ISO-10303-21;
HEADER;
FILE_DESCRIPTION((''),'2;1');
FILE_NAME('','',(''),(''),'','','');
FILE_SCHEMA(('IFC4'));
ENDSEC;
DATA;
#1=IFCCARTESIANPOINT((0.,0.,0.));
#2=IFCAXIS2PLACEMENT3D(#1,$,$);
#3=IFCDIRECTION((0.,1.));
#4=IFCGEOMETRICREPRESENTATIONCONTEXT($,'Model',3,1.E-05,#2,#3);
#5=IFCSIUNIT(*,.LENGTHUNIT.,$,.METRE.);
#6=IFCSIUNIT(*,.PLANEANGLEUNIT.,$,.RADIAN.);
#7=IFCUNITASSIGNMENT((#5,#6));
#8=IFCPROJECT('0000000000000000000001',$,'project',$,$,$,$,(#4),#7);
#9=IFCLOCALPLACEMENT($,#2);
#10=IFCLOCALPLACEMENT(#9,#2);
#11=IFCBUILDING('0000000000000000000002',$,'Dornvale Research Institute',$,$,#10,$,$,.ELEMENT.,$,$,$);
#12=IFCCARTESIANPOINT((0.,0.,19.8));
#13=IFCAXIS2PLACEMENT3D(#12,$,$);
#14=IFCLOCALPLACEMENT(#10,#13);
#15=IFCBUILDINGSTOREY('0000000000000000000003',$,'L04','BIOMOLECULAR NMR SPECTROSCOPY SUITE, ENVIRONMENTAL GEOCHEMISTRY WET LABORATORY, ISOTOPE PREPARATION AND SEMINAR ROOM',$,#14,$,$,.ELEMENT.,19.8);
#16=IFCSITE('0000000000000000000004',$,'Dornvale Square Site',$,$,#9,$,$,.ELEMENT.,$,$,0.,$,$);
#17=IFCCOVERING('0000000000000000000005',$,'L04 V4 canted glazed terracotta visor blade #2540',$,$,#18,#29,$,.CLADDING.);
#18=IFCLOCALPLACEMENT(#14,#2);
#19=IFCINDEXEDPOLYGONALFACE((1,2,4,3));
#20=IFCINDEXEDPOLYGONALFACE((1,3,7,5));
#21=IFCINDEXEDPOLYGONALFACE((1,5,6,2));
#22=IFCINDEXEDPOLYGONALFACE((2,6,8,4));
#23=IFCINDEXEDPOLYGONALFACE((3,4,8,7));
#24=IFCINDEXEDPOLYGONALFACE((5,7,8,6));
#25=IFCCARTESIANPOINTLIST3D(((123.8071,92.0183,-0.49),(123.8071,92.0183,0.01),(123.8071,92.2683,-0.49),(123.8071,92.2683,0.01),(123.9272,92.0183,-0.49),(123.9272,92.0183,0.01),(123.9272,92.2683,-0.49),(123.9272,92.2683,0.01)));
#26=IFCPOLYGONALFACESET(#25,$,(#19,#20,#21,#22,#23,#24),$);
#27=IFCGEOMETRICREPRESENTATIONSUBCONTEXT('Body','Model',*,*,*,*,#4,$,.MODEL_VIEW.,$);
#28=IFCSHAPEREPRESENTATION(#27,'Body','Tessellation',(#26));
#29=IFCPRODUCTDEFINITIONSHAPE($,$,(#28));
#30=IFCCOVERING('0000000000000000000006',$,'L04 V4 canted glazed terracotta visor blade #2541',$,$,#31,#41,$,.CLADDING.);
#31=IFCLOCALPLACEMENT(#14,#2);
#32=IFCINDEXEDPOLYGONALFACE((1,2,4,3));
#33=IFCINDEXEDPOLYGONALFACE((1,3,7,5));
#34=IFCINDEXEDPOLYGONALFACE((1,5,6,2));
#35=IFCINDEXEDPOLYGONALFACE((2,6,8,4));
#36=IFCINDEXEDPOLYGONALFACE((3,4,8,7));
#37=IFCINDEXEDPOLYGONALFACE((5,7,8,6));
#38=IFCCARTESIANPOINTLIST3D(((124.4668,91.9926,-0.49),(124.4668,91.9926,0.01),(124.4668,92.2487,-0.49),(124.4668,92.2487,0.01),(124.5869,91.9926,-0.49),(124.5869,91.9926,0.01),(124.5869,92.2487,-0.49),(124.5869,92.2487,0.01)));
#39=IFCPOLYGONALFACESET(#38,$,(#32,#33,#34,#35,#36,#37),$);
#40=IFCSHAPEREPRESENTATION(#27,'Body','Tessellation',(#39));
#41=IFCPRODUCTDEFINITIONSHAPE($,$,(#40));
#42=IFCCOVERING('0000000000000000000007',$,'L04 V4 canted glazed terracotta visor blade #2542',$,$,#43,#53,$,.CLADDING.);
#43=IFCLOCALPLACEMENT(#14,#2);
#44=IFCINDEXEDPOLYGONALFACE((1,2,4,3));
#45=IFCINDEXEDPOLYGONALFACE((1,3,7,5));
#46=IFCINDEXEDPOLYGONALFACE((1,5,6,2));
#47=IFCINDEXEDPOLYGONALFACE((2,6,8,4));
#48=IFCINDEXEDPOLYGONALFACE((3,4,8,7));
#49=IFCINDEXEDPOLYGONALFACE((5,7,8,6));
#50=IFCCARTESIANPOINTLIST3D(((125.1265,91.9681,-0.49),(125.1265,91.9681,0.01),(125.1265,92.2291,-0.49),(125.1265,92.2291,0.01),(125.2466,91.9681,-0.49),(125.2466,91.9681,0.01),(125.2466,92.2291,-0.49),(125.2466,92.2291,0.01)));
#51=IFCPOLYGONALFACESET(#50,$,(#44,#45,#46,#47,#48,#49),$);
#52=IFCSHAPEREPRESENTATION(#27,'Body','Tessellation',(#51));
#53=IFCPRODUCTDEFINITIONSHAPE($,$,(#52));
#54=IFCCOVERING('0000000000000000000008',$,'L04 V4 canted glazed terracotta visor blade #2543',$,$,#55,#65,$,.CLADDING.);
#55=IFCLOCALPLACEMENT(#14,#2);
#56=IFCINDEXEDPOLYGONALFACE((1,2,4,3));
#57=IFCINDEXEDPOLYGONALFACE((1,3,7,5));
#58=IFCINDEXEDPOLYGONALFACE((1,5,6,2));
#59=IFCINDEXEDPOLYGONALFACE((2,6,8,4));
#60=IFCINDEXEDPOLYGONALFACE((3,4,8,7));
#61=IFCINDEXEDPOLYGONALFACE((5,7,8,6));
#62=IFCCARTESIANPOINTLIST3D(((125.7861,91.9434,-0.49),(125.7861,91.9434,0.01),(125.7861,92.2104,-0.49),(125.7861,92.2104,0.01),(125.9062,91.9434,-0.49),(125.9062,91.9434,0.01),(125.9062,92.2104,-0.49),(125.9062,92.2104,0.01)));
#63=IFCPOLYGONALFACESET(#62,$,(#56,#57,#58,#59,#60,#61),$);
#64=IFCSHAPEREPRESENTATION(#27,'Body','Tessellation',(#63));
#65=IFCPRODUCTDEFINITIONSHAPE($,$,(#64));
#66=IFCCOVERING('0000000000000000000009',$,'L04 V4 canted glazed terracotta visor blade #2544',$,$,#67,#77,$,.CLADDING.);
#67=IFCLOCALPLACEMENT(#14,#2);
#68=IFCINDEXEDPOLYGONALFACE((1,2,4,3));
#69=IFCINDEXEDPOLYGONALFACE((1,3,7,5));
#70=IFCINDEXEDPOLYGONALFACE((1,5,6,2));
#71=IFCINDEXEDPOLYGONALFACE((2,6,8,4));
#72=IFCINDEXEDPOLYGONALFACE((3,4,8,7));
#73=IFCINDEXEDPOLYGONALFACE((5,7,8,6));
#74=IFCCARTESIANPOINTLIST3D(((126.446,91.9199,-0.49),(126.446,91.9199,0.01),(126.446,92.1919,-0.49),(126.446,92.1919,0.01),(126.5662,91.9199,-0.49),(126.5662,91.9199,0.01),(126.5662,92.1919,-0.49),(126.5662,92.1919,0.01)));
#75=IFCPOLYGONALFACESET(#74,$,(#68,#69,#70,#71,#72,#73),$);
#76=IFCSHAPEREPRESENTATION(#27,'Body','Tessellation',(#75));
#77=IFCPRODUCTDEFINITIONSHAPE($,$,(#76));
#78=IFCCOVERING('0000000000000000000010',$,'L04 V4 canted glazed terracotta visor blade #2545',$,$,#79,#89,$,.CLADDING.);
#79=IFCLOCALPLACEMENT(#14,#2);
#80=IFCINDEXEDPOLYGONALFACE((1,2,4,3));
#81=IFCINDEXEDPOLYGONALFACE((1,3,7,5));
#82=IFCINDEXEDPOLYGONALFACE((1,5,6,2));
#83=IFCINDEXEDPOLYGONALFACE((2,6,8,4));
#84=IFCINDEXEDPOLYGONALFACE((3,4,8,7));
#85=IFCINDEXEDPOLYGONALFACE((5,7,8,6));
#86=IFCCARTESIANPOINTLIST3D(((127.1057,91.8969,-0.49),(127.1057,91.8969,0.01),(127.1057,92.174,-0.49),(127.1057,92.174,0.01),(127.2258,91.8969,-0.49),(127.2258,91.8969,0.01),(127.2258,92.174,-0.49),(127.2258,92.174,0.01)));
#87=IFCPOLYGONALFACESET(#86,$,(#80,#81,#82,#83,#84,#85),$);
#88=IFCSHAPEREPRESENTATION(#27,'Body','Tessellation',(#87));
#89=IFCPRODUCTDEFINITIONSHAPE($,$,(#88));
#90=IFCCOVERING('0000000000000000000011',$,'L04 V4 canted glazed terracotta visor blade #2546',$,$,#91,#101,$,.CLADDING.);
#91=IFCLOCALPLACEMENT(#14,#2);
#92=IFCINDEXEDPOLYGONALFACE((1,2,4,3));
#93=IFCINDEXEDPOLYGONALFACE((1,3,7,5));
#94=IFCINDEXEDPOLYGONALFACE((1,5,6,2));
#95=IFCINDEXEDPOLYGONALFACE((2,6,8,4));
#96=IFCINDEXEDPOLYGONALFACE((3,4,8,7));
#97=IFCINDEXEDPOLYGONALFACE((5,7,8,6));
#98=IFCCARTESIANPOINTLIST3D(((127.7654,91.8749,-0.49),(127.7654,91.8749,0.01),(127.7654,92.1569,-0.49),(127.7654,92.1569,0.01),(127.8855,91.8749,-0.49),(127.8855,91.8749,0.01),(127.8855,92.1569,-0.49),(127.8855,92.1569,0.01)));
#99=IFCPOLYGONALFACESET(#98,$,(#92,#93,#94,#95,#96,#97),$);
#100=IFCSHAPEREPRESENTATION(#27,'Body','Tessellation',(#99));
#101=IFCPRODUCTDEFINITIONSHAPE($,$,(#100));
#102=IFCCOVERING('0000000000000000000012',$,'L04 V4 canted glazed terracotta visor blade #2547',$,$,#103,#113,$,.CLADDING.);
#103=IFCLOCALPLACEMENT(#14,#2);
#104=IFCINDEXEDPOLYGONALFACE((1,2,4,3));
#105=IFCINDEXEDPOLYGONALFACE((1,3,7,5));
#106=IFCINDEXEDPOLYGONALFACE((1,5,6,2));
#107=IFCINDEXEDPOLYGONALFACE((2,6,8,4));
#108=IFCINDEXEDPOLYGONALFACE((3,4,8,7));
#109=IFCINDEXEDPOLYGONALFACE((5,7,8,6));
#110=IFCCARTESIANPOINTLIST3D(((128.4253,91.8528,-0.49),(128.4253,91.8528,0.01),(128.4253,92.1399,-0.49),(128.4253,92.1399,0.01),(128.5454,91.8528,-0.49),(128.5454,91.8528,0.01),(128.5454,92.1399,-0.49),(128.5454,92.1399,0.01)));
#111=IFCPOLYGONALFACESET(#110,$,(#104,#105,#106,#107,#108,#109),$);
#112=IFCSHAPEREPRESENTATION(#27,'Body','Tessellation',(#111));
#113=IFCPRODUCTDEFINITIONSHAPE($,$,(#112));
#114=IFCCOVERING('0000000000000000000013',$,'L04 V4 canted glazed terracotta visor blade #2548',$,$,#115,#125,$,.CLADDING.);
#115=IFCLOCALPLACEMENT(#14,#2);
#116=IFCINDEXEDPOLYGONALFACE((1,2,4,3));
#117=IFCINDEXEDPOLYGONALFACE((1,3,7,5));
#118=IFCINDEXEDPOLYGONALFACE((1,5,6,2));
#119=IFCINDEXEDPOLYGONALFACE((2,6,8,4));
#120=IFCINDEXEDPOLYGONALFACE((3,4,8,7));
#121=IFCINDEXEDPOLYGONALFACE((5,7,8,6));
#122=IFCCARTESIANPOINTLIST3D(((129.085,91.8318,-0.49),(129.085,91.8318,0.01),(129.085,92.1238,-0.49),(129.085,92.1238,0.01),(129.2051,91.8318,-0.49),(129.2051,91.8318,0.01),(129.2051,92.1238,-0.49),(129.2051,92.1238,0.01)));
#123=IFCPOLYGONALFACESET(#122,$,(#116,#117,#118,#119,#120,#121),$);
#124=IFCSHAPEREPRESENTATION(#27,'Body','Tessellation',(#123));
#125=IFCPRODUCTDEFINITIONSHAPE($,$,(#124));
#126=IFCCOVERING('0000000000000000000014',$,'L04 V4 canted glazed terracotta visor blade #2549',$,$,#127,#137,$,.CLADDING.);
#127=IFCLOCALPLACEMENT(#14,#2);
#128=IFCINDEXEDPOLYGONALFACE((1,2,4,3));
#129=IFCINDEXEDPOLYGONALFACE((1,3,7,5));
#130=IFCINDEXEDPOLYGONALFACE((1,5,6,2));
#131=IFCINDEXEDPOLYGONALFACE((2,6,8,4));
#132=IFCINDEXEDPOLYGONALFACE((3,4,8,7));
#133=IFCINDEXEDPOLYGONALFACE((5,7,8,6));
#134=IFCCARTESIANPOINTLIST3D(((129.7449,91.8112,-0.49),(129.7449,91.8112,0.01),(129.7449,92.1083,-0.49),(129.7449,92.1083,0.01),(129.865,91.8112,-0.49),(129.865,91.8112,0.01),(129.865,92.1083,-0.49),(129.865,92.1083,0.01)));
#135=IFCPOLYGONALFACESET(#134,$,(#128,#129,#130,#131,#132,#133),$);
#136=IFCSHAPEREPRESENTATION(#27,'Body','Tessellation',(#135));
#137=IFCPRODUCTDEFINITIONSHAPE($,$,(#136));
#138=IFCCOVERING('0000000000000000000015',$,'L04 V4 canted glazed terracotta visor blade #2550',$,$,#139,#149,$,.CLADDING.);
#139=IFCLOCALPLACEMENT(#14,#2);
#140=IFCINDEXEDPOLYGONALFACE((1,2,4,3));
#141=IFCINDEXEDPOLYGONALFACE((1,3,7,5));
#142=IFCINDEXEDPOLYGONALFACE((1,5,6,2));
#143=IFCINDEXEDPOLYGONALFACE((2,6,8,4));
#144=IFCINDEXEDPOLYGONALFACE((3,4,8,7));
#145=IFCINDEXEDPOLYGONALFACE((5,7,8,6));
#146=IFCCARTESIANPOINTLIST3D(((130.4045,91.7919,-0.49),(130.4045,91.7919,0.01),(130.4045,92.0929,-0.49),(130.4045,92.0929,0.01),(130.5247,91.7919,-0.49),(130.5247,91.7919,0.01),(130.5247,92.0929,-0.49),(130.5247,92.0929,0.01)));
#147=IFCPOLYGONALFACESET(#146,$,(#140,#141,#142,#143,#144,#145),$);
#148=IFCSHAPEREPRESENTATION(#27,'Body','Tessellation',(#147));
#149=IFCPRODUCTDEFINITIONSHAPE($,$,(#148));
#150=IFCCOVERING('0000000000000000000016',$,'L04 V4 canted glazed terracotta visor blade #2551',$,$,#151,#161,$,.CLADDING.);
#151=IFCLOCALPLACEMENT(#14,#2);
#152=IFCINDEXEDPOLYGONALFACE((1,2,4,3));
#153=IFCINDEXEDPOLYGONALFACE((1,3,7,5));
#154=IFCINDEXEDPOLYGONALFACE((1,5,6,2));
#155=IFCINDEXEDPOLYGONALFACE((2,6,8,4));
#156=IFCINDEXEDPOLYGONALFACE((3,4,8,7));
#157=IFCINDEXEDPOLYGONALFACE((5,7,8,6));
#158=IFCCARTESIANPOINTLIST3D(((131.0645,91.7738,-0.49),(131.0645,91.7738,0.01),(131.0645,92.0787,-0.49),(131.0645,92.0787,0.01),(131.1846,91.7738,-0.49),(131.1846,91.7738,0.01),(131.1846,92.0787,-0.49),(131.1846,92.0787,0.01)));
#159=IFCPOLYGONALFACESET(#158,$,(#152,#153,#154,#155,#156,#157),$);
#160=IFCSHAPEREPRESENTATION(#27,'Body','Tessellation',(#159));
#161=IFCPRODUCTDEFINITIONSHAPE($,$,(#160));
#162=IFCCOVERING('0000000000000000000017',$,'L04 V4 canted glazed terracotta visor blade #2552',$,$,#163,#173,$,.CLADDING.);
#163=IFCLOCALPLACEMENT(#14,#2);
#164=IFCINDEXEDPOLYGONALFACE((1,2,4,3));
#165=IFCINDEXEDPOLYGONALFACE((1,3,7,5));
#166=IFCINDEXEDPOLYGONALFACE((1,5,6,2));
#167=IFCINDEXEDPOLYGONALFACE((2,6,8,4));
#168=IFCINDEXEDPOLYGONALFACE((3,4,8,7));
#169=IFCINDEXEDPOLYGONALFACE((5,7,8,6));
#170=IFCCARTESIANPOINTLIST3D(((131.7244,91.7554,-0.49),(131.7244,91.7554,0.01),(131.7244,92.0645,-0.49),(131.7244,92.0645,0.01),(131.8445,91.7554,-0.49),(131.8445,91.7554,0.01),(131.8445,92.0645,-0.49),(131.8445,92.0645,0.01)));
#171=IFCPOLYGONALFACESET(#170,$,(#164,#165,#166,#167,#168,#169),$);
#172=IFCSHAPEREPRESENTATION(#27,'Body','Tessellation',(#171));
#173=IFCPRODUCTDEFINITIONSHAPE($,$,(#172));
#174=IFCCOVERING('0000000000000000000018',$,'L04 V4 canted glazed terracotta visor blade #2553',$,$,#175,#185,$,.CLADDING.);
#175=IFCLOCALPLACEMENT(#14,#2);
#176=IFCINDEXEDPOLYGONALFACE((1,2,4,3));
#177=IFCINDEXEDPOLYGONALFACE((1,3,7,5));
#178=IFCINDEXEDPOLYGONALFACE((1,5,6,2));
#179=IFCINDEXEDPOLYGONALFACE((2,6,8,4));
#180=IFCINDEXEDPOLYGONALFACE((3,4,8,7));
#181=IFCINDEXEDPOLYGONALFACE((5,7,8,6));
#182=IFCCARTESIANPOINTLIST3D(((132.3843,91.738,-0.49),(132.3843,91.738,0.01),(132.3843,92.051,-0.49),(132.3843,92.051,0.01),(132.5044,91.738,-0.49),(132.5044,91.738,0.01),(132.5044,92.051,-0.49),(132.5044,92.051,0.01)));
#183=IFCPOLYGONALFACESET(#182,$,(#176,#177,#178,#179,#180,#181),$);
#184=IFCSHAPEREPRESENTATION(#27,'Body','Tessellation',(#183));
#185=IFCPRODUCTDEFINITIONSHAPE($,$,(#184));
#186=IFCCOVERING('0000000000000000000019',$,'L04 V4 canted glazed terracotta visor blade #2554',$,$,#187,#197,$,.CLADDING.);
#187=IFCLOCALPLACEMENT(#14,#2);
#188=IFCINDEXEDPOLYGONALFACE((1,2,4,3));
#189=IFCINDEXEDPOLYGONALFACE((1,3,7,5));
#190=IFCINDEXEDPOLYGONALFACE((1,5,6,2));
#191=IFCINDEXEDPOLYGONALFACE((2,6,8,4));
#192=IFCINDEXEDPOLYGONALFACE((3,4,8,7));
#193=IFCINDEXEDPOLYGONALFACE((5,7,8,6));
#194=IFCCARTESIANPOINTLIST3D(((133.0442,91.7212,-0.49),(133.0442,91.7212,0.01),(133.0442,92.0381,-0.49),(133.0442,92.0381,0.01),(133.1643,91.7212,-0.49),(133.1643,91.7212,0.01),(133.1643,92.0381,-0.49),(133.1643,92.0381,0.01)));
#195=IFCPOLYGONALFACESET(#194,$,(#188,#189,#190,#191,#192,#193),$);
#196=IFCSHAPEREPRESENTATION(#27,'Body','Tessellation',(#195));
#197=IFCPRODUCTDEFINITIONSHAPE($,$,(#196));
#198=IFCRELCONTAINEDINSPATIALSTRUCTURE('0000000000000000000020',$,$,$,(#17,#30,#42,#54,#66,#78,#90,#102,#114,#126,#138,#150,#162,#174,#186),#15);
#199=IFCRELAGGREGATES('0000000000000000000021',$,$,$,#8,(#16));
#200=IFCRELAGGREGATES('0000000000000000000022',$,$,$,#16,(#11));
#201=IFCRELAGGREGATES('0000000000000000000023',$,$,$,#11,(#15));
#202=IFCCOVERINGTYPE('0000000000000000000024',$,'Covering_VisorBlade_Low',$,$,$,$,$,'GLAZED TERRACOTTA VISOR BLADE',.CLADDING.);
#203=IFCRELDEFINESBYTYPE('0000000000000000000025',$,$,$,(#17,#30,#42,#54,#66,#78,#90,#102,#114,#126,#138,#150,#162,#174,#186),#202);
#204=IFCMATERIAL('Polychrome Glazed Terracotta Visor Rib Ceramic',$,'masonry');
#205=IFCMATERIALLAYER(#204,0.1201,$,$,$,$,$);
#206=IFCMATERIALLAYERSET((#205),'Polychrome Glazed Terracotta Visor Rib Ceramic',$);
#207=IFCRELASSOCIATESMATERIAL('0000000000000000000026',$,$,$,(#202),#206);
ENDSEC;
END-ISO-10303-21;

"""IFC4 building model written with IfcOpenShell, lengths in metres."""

from ifc_helpers import new_model, si_unit, direction, frame, origin, origin_2d, place, context, subcontext, project, spatial, rectangle, extrude, material, layer, layer_set, type_object, element, save


model = new_model("IFC4")

# Units and contexts
model_context = context("Model", 3, precision=1e-05, world=origin(), true_north=direction((0.0, 1.0)))
body_context = subcontext(model_context, "Body", "Model", "MODEL_VIEW")
ifc_project = project(units=[si_unit("LENGTHUNIT", "METRE"), si_unit("PLANEANGLEUNIT", "RADIAN")], contexts=[model_context])

# Site, building, storey
site_placement = place(None, origin())
site = spatial("IfcSite", under=ifc_project, at=site_placement, Name="Dornvale Square Site", CompositionType="ELEMENT", RefElevation=0.0)
building_placement = place(site_placement, origin())
building = spatial("IfcBuilding", under=site, at=building_placement, Name="Dornvale Research Institute", CompositionType="ELEMENT")
storey_placement = place(building_placement, frame((0.0, 0.0, 19.8)))
storey = spatial("IfcBuildingStorey", under=building, at=storey_placement, Name="L04", Description="BIOMOLECULAR NMR SPECTROSCOPY SUITE, ENVIRONMENTAL GEOCHEMISTRY WET LABORATORY, ISOTOPE PREPARATION AND SEMINAR ROOM", CompositionType="ELEMENT", Elevation=19.8)

# Coverings
ifc_material = material(Name="Polychrome Glazed Terracotta Visor Rib Ceramic", Category="masonry")
ifc_layer = layer(ifc_material, 0.1201)
ifc_layer_set = layer_set([ifc_layer], Name="Polychrome Glazed Terracotta Visor Rib Ceramic")
covering_type = type_object("IfcCoveringType", Name="Covering_VisorBlade_Low", ElementType="GLAZED TERRACOTTA VISOR BLADE", PredefinedType="CLADDING", material=ifc_layer_set)
covering_1_placement = place(storey_placement, frame((123.8672, 92.1433, -0.49), z_axis=(0.0, 0.0, 1.0), x_axis=(0.0, 1.0, 0.0)))
element("IfcCovering", 1, at=covering_1_placement, inside=storey, type_object=covering_type, Name="L04 V4 canted glazed terracotta visor blade #2540", PredefinedType="CLADDING", context=body_context, shape_type="SweptSolid", body=[
    extrude(rectangle(XDim=0.25, YDim=0.1201, at=origin_2d()), origin(), (0.0, 0.0, 1.0), 0.5),
])
covering_2_placement = place(storey_placement, frame((124.5269, 92.1206, -0.49), z_axis=(0.0, 0.0, 1.0), x_axis=(0.0, 1.0, 0.0)))
element("IfcCovering", 2, at=covering_2_placement, inside=storey, type_object=covering_type, Name="L04 V4 canted glazed terracotta visor blade #2541", PredefinedType="CLADDING", context=body_context, shape_type="SweptSolid", body=[
    extrude(rectangle(XDim=0.2561, YDim=0.1201, at=origin_2d()), origin(), (0.0, 0.0, 1.0), 0.5),
])
covering_3_placement = place(storey_placement, frame((125.1865, 92.0986, -0.49), z_axis=(0.0, 0.0, 1.0), x_axis=(0.0, 1.0, 0.0)))
element("IfcCovering", 3, at=covering_3_placement, inside=storey, type_object=covering_type, Name="L04 V4 canted glazed terracotta visor blade #2542", PredefinedType="CLADDING", context=body_context, shape_type="SweptSolid", body=[
    extrude(rectangle(XDim=0.261, YDim=0.1201, at=origin_2d()), origin(), (0.0, 0.0, 1.0), 0.5),
])
covering_4_placement = place(storey_placement, frame((125.8462, 92.0769, -0.49), z_axis=(0.0, 0.0, 1.0), x_axis=(0.0, 1.0, 0.0)))
element("IfcCovering", 4, at=covering_4_placement, inside=storey, type_object=covering_type, Name="L04 V4 canted glazed terracotta visor blade #2543", PredefinedType="CLADDING", context=body_context, shape_type="SweptSolid", body=[
    extrude(rectangle(XDim=0.2671, YDim=0.1201, at=origin_2d()), origin(), (0.0, 0.0, 1.0), 0.5),
])
covering_5_placement = place(storey_placement, frame((126.5061, 92.0559, -0.49), z_axis=(0.0, 0.0, 1.0), x_axis=(0.0, 1.0, 0.0)))
element("IfcCovering", 5, at=covering_5_placement, inside=storey, type_object=covering_type, Name="L04 V4 canted glazed terracotta visor blade #2544", PredefinedType="CLADDING", context=body_context, shape_type="SweptSolid", body=[
    extrude(rectangle(XDim=0.272, YDim=0.1201, at=origin_2d()), origin(), (0.0, 0.0, 1.0), 0.5),
])
covering_6_placement = place(storey_placement, frame((127.1658, 92.0354, -0.49), z_axis=(0.0, 0.0, 1.0), x_axis=(0.0, 1.0, 0.0)))
element("IfcCovering", 6, at=covering_6_placement, inside=storey, type_object=covering_type, Name="L04 V4 canted glazed terracotta visor blade #2545", PredefinedType="CLADDING", context=body_context, shape_type="SweptSolid", body=[
    extrude(rectangle(XDim=0.2771, YDim=0.1201, at=origin_2d()), origin(), (0.0, 0.0, 1.0), 0.5),
])
covering_7_placement = place(storey_placement, frame((127.8254, 92.0159, -0.49), z_axis=(0.0, 0.0, 1.0), x_axis=(0.0, 1.0, 0.0)))
element("IfcCovering", 7, at=covering_7_placement, inside=storey, type_object=covering_type, Name="L04 V4 canted glazed terracotta visor blade #2546", PredefinedType="CLADDING", context=body_context, shape_type="SweptSolid", body=[
    extrude(rectangle(XDim=0.282, YDim=0.1201, at=origin_2d()), origin(), (0.0, 0.0, 1.0), 0.5),
])
covering_8_placement = place(storey_placement, frame((128.4854, 91.9963, -0.49), z_axis=(0.0, 0.0, 1.0), x_axis=(0.0, 1.0, 0.0)))
element("IfcCovering", 8, at=covering_8_placement, inside=storey, type_object=covering_type, Name="L04 V4 canted glazed terracotta visor blade #2547", PredefinedType="CLADDING", context=body_context, shape_type="SweptSolid", body=[
    extrude(rectangle(XDim=0.2871, YDim=0.1201, at=origin_2d()), origin(), (0.0, 0.0, 1.0), 0.5),
])
covering_9_placement = place(storey_placement, frame((129.145, 91.9778, -0.49), z_axis=(0.0, 0.0, 1.0), x_axis=(0.0, 1.0, 0.0)))
element("IfcCovering", 9, at=covering_9_placement, inside=storey, type_object=covering_type, Name="L04 V4 canted glazed terracotta visor blade #2548", PredefinedType="CLADDING", context=body_context, shape_type="SweptSolid", body=[
    extrude(rectangle(XDim=0.292, YDim=0.1201, at=origin_2d()), origin(), (0.0, 0.0, 1.0), 0.5),
])
covering_10_placement = place(storey_placement, frame((129.8049, 91.9597, -0.49), z_axis=(0.0, 0.0, 1.0), x_axis=(0.0, 1.0, 0.0)))
element("IfcCovering", 10, at=covering_10_placement, inside=storey, type_object=covering_type, Name="L04 V4 canted glazed terracotta visor blade #2549", PredefinedType="CLADDING", context=body_context, shape_type="SweptSolid", body=[
    extrude(rectangle(XDim=0.2971, YDim=0.1201, at=origin_2d()), origin(), (0.0, 0.0, 1.0), 0.5),
])
covering_11_placement = place(storey_placement, frame((130.4646, 91.9424, -0.49), z_axis=(0.0, 0.0, 1.0), x_axis=(0.0, 1.0, 0.0)))
element("IfcCovering", 11, at=covering_11_placement, inside=storey, type_object=covering_type, Name="L04 V4 canted glazed terracotta visor blade #2550", PredefinedType="CLADDING", context=body_context, shape_type="SweptSolid", body=[
    extrude(rectangle(XDim=0.301, YDim=0.1201, at=origin_2d()), origin(), (0.0, 0.0, 1.0), 0.5),
])
covering_12_placement = place(storey_placement, frame((131.1245, 91.9263, -0.49), z_axis=(0.0, 0.0, 1.0), x_axis=(0.0, 1.0, 0.0)))
element("IfcCovering", 12, at=covering_12_placement, inside=storey, type_object=covering_type, Name="L04 V4 canted glazed terracotta visor blade #2551", PredefinedType="CLADDING", context=body_context, shape_type="SweptSolid", body=[
    extrude(rectangle(XDim=0.3049, YDim=0.1201, at=origin_2d()), origin(), (0.0, 0.0, 1.0), 0.5),
])
covering_13_placement = place(storey_placement, frame((131.7844, 91.9099, -0.49), z_axis=(0.0, 0.0, 1.0), x_axis=(0.0, 1.0, 0.0)))
element("IfcCovering", 13, at=covering_13_placement, inside=storey, type_object=covering_type, Name="L04 V4 canted glazed terracotta visor blade #2552", PredefinedType="CLADDING", context=body_context, shape_type="SweptSolid", body=[
    extrude(rectangle(XDim=0.3091, YDim=0.1201, at=origin_2d()), origin(), (0.0, 0.0, 1.0), 0.5),
])
covering_14_placement = place(storey_placement, frame((132.4443, 91.8945, -0.49), z_axis=(0.0, 0.0, 1.0), x_axis=(0.0, 1.0, 0.0)))
element("IfcCovering", 14, at=covering_14_placement, inside=storey, type_object=covering_type, Name="L04 V4 canted glazed terracotta visor blade #2553", PredefinedType="CLADDING", context=body_context, shape_type="SweptSolid", body=[
    extrude(rectangle(XDim=0.313, YDim=0.1201, at=origin_2d()), origin(), (0.0, 0.0, 1.0), 0.5),
])
covering_15_placement = place(storey_placement, frame((133.1042, 91.8796, -0.49), z_axis=(0.0, 0.0, 1.0), x_axis=(0.0, 1.0, 0.0)))
element("IfcCovering", 15, at=covering_15_placement, inside=storey, type_object=covering_type, Name="L04 V4 canted glazed terracotta visor blade #2554", PredefinedType="CLADDING", context=body_context, shape_type="SweptSolid", body=[
    extrude(rectangle(XDim=0.3169, YDim=0.1201, at=origin_2d()), origin(), (0.0, 0.0, 1.0), 0.5),
])

save(model, "model.ifc")
